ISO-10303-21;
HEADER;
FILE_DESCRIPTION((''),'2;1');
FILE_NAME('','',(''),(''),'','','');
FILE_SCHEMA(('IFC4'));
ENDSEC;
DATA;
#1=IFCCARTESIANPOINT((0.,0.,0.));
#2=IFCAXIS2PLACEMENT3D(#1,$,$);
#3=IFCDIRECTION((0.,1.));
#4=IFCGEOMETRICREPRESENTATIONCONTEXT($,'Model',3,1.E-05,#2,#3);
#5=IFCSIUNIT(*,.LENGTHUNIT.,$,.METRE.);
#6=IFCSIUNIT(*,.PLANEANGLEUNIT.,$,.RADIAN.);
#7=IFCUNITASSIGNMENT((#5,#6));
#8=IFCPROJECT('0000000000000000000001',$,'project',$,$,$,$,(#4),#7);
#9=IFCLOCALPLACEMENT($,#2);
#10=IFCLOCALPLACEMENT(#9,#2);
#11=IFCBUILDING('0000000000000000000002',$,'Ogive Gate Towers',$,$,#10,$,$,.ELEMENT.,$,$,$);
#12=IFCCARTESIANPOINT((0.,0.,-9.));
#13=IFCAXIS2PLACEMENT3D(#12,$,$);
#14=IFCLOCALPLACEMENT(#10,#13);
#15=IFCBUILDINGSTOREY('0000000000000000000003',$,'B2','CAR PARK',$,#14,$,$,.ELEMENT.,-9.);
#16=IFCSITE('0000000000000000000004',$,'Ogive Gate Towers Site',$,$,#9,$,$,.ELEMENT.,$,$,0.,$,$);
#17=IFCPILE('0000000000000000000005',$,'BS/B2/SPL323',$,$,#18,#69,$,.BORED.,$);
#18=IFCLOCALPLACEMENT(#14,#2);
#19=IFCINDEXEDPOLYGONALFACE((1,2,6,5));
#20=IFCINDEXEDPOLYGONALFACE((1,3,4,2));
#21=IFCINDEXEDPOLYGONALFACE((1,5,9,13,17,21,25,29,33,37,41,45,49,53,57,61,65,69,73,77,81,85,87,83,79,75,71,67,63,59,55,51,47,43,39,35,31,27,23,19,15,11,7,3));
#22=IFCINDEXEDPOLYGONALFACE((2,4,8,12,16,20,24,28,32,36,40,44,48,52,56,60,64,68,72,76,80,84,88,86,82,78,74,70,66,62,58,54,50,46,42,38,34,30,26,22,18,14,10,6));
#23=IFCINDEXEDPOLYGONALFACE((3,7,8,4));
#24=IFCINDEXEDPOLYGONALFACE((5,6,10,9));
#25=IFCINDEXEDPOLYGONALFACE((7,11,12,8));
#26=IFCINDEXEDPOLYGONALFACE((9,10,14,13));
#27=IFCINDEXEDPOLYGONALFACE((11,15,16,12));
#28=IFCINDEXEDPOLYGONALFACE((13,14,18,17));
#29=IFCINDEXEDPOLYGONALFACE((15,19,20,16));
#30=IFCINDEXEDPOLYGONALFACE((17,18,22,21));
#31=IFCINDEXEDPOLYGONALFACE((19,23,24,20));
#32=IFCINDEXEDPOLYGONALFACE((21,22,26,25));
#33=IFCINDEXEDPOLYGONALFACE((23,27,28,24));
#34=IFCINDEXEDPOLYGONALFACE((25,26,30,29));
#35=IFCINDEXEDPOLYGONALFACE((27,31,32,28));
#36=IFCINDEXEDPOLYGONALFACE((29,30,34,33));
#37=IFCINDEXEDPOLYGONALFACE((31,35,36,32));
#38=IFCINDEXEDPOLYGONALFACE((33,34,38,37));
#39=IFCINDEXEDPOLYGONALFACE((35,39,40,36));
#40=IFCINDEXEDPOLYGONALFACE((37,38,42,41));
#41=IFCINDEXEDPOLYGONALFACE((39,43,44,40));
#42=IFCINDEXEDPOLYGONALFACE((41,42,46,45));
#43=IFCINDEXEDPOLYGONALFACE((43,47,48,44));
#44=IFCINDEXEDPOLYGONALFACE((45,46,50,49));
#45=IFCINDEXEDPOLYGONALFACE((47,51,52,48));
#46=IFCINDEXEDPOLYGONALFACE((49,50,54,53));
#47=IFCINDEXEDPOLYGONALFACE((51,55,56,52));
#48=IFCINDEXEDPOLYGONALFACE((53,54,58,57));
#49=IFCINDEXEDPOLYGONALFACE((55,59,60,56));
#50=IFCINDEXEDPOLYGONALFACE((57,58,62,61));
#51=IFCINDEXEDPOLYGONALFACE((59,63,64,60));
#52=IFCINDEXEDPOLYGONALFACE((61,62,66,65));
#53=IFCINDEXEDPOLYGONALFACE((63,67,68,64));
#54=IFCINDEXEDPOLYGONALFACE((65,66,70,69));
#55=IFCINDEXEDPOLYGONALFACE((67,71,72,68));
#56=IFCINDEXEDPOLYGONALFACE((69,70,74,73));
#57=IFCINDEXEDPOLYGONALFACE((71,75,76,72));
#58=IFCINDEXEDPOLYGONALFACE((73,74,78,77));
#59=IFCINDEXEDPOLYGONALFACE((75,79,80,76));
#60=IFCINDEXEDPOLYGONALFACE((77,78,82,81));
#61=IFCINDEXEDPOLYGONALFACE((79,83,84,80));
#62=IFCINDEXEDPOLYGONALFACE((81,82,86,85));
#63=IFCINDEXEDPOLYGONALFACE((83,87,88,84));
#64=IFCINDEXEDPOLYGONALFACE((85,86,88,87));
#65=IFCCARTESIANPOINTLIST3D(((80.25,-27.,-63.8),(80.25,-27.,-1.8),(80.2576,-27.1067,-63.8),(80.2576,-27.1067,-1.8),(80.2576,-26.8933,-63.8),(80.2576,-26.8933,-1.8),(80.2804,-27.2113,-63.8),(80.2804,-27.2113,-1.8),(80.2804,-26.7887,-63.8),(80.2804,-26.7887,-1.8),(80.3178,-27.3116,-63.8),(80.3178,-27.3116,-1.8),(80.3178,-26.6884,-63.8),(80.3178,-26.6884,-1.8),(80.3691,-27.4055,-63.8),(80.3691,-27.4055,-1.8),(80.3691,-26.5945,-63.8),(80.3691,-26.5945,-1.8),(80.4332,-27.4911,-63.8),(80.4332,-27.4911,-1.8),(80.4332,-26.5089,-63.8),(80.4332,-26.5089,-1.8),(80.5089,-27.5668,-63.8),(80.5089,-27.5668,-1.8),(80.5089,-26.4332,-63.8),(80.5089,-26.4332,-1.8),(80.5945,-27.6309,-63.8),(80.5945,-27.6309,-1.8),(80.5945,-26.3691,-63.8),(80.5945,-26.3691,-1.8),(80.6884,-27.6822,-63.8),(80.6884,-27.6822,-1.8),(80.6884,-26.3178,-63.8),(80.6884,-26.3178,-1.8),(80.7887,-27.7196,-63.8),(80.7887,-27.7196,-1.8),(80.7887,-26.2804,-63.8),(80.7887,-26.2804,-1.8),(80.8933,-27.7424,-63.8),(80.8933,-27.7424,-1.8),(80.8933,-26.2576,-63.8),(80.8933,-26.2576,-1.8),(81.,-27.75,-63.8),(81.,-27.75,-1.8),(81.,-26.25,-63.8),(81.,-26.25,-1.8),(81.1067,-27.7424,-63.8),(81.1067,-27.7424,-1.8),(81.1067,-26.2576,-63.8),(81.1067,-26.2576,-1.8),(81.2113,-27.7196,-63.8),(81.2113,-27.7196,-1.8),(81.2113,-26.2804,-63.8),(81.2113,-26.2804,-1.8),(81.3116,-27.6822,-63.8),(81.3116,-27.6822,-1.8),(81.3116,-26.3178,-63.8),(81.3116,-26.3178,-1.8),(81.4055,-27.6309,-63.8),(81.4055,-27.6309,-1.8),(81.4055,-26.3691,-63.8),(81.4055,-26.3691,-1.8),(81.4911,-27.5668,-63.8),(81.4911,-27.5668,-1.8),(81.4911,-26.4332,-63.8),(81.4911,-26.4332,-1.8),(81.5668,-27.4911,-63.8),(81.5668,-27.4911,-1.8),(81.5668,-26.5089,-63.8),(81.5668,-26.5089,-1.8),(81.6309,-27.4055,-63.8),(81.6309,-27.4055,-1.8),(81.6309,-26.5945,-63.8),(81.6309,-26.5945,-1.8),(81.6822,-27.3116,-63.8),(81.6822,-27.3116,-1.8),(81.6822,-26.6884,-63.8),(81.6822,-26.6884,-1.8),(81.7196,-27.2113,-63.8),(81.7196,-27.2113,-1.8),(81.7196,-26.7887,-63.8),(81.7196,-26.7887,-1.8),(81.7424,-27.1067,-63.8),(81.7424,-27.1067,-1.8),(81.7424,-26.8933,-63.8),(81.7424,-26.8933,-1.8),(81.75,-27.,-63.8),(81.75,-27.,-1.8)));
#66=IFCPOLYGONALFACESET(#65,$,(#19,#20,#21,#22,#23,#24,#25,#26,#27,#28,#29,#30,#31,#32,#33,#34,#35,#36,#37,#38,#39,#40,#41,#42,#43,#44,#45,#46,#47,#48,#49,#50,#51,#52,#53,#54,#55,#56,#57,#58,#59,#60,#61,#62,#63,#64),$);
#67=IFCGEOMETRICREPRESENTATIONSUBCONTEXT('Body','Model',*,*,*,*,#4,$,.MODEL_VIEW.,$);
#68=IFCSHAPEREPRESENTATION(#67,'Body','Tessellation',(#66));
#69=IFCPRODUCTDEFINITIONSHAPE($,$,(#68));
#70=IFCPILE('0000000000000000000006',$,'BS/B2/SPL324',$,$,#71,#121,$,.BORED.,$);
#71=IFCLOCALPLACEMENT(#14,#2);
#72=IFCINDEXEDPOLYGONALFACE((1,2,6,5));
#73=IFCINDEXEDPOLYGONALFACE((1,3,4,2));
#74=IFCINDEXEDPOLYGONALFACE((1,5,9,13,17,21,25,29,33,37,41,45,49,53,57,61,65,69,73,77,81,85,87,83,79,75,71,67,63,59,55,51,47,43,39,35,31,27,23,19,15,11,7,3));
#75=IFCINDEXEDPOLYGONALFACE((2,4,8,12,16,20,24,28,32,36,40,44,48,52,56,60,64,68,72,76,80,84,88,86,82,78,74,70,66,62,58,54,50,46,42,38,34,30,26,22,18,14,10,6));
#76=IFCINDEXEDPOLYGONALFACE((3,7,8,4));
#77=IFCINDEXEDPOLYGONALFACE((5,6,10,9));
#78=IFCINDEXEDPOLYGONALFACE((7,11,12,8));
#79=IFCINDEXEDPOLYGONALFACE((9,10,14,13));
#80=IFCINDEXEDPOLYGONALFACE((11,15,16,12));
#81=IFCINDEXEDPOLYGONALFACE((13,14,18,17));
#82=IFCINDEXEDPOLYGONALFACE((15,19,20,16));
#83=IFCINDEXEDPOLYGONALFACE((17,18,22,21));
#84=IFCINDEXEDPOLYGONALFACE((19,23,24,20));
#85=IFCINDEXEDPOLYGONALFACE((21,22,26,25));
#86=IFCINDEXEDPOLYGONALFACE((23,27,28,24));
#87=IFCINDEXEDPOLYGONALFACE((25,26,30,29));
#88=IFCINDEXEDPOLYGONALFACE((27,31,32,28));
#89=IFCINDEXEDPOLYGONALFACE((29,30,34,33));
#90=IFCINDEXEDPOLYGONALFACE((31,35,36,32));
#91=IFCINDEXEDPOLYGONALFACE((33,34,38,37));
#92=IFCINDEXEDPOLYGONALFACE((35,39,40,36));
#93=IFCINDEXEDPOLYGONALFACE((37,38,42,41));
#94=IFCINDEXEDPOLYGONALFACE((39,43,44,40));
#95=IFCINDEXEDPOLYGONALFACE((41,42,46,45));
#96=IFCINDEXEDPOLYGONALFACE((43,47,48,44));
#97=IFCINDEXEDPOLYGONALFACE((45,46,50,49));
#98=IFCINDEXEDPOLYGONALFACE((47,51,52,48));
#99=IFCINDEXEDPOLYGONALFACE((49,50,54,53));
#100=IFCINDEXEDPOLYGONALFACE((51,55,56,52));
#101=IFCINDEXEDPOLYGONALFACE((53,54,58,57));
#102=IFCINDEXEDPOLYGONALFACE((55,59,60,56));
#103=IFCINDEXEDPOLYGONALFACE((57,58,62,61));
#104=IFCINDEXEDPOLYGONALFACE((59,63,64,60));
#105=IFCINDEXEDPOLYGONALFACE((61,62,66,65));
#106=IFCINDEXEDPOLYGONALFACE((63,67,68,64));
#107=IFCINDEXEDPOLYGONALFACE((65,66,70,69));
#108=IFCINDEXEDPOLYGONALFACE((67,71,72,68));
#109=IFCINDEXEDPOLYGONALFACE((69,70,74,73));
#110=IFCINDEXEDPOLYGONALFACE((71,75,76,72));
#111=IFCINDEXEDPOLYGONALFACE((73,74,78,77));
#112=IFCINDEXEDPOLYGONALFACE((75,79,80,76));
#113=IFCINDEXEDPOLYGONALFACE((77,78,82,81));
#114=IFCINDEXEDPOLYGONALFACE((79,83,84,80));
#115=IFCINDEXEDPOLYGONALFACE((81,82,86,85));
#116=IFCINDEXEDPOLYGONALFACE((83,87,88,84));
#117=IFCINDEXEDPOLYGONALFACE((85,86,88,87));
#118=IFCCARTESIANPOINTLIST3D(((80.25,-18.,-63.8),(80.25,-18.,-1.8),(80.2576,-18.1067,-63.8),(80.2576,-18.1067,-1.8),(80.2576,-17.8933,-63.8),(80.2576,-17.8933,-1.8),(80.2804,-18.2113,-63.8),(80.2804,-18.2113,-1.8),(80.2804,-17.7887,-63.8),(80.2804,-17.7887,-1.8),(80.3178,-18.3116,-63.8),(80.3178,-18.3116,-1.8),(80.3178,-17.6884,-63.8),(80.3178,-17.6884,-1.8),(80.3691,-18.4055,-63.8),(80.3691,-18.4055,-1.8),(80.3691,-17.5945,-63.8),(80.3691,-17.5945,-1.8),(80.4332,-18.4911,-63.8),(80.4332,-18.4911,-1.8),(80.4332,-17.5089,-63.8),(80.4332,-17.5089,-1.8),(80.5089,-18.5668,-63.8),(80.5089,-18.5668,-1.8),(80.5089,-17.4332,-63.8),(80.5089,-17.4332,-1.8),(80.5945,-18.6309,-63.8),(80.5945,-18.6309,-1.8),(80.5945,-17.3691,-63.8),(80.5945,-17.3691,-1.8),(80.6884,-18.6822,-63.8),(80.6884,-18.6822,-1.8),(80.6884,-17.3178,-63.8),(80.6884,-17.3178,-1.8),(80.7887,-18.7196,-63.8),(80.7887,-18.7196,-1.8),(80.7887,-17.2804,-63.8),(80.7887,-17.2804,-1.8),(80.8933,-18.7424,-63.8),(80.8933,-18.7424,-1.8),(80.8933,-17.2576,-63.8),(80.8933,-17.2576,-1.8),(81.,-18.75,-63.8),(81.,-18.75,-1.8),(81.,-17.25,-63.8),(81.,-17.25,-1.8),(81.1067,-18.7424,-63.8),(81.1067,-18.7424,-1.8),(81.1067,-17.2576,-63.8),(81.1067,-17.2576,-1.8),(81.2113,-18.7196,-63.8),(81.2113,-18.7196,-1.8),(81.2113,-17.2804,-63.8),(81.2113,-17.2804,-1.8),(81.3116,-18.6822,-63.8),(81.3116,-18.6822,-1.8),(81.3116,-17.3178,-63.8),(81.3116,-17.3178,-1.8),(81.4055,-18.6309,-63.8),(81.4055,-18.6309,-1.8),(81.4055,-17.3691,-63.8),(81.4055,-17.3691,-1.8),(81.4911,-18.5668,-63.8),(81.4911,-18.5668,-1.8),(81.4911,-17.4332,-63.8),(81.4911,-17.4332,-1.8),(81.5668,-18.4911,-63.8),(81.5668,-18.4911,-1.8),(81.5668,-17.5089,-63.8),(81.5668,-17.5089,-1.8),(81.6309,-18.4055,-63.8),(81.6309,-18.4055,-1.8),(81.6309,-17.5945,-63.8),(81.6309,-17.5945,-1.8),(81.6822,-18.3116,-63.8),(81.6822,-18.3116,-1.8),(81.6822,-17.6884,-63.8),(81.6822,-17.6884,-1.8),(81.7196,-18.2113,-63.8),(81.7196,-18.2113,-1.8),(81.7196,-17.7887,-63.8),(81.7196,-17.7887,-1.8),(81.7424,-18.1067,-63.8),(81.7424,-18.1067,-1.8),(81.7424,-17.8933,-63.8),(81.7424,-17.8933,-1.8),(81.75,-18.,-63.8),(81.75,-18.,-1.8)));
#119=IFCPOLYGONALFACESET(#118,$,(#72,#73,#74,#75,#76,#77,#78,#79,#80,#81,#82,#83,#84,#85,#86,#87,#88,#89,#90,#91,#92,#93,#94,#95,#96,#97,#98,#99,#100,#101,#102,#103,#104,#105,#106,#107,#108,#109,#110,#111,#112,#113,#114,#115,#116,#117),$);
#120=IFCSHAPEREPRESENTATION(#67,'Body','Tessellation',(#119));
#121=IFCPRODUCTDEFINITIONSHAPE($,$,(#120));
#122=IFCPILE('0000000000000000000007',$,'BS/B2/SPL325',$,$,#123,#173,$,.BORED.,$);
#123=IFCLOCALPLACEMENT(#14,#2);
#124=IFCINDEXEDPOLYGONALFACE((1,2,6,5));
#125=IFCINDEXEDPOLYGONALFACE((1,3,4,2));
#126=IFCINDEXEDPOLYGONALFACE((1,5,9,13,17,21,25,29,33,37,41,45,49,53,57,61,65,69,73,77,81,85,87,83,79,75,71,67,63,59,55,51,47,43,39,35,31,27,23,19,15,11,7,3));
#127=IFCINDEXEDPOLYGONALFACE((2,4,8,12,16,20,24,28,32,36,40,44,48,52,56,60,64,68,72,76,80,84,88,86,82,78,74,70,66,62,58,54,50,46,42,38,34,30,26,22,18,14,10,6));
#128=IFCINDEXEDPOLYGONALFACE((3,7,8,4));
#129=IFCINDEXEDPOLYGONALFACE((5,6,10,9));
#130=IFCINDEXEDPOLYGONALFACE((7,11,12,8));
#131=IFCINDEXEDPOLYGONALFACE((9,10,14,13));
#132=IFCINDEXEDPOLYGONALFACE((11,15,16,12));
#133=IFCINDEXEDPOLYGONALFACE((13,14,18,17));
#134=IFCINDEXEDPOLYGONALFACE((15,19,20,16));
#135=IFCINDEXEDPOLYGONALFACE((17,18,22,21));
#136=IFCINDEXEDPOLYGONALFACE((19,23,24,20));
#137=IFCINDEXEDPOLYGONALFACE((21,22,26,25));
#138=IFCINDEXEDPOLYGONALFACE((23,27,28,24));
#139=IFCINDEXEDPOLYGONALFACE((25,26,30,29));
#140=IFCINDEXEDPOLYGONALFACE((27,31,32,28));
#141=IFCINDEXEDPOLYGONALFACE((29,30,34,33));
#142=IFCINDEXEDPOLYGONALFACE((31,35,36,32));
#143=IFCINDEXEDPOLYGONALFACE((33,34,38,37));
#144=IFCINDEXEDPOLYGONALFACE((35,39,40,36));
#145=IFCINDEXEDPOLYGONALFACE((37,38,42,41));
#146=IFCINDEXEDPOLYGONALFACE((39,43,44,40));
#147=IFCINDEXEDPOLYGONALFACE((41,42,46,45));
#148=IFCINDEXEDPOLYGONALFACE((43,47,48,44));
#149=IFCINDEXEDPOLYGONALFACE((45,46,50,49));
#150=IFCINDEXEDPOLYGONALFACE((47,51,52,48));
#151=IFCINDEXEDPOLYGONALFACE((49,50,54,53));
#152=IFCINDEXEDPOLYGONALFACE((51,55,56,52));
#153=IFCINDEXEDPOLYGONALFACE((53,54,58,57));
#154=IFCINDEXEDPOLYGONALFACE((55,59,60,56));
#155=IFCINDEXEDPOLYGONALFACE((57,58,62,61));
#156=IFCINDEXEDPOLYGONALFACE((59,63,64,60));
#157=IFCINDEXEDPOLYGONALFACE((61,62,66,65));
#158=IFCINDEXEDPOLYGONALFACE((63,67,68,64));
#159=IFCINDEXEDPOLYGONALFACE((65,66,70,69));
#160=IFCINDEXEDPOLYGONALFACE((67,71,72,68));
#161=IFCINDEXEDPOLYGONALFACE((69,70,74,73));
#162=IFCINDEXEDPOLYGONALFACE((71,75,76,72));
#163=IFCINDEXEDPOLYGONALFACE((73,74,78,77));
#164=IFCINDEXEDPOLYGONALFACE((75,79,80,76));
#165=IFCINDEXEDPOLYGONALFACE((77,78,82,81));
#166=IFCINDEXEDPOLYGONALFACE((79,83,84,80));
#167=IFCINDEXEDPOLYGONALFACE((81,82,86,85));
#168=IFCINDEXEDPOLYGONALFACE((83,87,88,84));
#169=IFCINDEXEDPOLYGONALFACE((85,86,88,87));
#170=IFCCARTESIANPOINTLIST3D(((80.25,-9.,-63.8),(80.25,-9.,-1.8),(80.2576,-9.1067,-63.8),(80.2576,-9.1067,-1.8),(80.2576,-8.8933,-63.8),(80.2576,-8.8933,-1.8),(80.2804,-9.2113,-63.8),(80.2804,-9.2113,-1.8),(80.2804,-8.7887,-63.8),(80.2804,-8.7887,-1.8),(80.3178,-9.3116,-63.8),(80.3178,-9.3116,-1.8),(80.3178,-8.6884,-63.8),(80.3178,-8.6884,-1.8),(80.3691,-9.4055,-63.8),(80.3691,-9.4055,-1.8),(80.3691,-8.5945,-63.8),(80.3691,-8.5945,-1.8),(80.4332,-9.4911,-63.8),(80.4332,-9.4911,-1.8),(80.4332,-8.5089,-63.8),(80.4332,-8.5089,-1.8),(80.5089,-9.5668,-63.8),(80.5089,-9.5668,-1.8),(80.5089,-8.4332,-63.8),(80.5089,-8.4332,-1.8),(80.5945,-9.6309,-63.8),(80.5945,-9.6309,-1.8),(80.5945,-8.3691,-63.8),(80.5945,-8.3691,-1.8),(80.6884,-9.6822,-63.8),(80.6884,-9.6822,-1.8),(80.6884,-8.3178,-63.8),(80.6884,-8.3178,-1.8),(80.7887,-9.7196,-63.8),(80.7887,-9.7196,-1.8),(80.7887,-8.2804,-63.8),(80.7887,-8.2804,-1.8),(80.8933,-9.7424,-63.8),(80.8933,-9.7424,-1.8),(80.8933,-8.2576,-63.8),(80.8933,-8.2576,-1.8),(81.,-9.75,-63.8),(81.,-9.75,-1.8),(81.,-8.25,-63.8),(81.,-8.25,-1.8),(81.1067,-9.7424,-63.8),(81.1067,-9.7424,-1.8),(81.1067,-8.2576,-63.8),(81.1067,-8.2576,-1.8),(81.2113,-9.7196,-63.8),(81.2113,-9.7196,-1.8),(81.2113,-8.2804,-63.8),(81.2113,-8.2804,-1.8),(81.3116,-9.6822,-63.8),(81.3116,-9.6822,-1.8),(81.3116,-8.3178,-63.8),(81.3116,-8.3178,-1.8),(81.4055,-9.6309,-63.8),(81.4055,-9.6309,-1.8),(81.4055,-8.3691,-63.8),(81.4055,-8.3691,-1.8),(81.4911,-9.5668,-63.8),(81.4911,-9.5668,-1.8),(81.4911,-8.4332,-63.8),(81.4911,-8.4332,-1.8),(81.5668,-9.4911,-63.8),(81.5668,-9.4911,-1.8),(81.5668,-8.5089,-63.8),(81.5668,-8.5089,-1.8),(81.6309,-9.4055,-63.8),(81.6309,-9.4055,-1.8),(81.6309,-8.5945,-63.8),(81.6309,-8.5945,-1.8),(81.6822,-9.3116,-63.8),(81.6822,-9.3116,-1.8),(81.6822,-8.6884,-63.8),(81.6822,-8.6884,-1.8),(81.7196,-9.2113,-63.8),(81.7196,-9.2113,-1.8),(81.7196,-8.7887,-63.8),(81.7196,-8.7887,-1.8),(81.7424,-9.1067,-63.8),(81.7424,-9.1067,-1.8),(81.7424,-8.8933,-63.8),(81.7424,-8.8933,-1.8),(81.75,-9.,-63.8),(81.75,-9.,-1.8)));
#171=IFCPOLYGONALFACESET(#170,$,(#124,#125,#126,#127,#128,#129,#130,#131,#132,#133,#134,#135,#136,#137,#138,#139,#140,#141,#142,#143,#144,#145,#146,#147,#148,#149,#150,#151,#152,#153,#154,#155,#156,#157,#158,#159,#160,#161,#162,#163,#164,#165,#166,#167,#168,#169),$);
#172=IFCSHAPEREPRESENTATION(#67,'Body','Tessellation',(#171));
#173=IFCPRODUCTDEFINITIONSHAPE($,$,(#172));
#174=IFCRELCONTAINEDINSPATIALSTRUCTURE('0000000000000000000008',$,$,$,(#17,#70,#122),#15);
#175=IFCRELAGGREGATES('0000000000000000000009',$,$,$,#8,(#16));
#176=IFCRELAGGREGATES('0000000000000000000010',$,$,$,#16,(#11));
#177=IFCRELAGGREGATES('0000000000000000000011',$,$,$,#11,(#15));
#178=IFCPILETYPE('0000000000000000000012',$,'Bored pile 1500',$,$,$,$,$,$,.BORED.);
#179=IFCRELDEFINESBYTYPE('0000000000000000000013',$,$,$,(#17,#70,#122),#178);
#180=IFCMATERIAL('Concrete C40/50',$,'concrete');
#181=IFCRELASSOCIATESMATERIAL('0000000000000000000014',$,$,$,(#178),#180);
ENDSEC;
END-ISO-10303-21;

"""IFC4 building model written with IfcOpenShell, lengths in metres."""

from ifc_helpers import new_model, si_unit, direction, frame, origin, origin_2d, place, context, subcontext, project, spatial, circle, extrude, material, material_profile, profile_set, type_object, element, save


model = new_model("IFC4")

# Units and contexts
model_context = context("Model", 3, precision=1e-05, world=origin(), true_north=direction((0.0, 1.0)))
body_context = subcontext(model_context, "Body", "Model", "MODEL_VIEW")
ifc_project = project(units=[si_unit("LENGTHUNIT", "METRE"), si_unit("PLANEANGLEUNIT", "RADIAN")], contexts=[model_context])

# Site, building, storey
site_placement = place(None, origin())
site = spatial("IfcSite", under=ifc_project, at=site_placement, Name="Ogive Gate Towers Site", CompositionType="ELEMENT", RefElevation=0.0)
building_placement = place(site_placement, origin())
building = spatial("IfcBuilding", under=site, at=building_placement, Name="Ogive Gate Towers", CompositionType="ELEMENT")
storey_placement = place(building_placement, frame((0.0, 0.0, -9.0)))
storey = spatial("IfcBuildingStorey", under=building, at=storey_placement, Name="B2", Description="CAR PARK", CompositionType="ELEMENT", Elevation=-9.0)

# Piles
ifc_material_1 = material(Name="Concrete C40/50", Category="concrete")
ifc_material_profile_1 = material_profile(ifc_material_1, circle(Radius=0.75, at=origin_2d()), Name="BP 1500")
ifc_profile_set_1 = profile_set([ifc_material_profile_1], Name="Concrete C40/50")
pile_type = type_object("IfcPileType", Name="Bored pile 1500", PredefinedType="BORED", material=ifc_profile_set_1)
for number, where, z_axis, x_axis, name in (
    (1, (81.0, -27.0, -1.8), (0.0, 0.0, -1.0), (1.0, 0.0, 0.0), "BS/B2/SPL323"),
    (2, (81.0, -18.0, -1.8), (0.0, 0.0, -1.0), (1.0, 0.0, 0.0), "BS/B2/SPL324"),
    (3, (81.0, -9.0, -1.8), (0.0, 0.0, -1.0), (1.0, 0.0, 0.0), "BS/B2/SPL325"),
):
    element("IfcPile", number, at=place(storey_placement, frame(where, z_axis=z_axis, x_axis=x_axis)), inside=storey, type_object=pile_type, Name=name, PredefinedType="BORED", context=body_context, shape_type="SweptSolid", body=[
        extrude(circle(Radius=0.75, at=origin_2d()), origin(), (0.0, 0.0, 1.0), 62.0),
    ])

save(model, "model.ifc")
